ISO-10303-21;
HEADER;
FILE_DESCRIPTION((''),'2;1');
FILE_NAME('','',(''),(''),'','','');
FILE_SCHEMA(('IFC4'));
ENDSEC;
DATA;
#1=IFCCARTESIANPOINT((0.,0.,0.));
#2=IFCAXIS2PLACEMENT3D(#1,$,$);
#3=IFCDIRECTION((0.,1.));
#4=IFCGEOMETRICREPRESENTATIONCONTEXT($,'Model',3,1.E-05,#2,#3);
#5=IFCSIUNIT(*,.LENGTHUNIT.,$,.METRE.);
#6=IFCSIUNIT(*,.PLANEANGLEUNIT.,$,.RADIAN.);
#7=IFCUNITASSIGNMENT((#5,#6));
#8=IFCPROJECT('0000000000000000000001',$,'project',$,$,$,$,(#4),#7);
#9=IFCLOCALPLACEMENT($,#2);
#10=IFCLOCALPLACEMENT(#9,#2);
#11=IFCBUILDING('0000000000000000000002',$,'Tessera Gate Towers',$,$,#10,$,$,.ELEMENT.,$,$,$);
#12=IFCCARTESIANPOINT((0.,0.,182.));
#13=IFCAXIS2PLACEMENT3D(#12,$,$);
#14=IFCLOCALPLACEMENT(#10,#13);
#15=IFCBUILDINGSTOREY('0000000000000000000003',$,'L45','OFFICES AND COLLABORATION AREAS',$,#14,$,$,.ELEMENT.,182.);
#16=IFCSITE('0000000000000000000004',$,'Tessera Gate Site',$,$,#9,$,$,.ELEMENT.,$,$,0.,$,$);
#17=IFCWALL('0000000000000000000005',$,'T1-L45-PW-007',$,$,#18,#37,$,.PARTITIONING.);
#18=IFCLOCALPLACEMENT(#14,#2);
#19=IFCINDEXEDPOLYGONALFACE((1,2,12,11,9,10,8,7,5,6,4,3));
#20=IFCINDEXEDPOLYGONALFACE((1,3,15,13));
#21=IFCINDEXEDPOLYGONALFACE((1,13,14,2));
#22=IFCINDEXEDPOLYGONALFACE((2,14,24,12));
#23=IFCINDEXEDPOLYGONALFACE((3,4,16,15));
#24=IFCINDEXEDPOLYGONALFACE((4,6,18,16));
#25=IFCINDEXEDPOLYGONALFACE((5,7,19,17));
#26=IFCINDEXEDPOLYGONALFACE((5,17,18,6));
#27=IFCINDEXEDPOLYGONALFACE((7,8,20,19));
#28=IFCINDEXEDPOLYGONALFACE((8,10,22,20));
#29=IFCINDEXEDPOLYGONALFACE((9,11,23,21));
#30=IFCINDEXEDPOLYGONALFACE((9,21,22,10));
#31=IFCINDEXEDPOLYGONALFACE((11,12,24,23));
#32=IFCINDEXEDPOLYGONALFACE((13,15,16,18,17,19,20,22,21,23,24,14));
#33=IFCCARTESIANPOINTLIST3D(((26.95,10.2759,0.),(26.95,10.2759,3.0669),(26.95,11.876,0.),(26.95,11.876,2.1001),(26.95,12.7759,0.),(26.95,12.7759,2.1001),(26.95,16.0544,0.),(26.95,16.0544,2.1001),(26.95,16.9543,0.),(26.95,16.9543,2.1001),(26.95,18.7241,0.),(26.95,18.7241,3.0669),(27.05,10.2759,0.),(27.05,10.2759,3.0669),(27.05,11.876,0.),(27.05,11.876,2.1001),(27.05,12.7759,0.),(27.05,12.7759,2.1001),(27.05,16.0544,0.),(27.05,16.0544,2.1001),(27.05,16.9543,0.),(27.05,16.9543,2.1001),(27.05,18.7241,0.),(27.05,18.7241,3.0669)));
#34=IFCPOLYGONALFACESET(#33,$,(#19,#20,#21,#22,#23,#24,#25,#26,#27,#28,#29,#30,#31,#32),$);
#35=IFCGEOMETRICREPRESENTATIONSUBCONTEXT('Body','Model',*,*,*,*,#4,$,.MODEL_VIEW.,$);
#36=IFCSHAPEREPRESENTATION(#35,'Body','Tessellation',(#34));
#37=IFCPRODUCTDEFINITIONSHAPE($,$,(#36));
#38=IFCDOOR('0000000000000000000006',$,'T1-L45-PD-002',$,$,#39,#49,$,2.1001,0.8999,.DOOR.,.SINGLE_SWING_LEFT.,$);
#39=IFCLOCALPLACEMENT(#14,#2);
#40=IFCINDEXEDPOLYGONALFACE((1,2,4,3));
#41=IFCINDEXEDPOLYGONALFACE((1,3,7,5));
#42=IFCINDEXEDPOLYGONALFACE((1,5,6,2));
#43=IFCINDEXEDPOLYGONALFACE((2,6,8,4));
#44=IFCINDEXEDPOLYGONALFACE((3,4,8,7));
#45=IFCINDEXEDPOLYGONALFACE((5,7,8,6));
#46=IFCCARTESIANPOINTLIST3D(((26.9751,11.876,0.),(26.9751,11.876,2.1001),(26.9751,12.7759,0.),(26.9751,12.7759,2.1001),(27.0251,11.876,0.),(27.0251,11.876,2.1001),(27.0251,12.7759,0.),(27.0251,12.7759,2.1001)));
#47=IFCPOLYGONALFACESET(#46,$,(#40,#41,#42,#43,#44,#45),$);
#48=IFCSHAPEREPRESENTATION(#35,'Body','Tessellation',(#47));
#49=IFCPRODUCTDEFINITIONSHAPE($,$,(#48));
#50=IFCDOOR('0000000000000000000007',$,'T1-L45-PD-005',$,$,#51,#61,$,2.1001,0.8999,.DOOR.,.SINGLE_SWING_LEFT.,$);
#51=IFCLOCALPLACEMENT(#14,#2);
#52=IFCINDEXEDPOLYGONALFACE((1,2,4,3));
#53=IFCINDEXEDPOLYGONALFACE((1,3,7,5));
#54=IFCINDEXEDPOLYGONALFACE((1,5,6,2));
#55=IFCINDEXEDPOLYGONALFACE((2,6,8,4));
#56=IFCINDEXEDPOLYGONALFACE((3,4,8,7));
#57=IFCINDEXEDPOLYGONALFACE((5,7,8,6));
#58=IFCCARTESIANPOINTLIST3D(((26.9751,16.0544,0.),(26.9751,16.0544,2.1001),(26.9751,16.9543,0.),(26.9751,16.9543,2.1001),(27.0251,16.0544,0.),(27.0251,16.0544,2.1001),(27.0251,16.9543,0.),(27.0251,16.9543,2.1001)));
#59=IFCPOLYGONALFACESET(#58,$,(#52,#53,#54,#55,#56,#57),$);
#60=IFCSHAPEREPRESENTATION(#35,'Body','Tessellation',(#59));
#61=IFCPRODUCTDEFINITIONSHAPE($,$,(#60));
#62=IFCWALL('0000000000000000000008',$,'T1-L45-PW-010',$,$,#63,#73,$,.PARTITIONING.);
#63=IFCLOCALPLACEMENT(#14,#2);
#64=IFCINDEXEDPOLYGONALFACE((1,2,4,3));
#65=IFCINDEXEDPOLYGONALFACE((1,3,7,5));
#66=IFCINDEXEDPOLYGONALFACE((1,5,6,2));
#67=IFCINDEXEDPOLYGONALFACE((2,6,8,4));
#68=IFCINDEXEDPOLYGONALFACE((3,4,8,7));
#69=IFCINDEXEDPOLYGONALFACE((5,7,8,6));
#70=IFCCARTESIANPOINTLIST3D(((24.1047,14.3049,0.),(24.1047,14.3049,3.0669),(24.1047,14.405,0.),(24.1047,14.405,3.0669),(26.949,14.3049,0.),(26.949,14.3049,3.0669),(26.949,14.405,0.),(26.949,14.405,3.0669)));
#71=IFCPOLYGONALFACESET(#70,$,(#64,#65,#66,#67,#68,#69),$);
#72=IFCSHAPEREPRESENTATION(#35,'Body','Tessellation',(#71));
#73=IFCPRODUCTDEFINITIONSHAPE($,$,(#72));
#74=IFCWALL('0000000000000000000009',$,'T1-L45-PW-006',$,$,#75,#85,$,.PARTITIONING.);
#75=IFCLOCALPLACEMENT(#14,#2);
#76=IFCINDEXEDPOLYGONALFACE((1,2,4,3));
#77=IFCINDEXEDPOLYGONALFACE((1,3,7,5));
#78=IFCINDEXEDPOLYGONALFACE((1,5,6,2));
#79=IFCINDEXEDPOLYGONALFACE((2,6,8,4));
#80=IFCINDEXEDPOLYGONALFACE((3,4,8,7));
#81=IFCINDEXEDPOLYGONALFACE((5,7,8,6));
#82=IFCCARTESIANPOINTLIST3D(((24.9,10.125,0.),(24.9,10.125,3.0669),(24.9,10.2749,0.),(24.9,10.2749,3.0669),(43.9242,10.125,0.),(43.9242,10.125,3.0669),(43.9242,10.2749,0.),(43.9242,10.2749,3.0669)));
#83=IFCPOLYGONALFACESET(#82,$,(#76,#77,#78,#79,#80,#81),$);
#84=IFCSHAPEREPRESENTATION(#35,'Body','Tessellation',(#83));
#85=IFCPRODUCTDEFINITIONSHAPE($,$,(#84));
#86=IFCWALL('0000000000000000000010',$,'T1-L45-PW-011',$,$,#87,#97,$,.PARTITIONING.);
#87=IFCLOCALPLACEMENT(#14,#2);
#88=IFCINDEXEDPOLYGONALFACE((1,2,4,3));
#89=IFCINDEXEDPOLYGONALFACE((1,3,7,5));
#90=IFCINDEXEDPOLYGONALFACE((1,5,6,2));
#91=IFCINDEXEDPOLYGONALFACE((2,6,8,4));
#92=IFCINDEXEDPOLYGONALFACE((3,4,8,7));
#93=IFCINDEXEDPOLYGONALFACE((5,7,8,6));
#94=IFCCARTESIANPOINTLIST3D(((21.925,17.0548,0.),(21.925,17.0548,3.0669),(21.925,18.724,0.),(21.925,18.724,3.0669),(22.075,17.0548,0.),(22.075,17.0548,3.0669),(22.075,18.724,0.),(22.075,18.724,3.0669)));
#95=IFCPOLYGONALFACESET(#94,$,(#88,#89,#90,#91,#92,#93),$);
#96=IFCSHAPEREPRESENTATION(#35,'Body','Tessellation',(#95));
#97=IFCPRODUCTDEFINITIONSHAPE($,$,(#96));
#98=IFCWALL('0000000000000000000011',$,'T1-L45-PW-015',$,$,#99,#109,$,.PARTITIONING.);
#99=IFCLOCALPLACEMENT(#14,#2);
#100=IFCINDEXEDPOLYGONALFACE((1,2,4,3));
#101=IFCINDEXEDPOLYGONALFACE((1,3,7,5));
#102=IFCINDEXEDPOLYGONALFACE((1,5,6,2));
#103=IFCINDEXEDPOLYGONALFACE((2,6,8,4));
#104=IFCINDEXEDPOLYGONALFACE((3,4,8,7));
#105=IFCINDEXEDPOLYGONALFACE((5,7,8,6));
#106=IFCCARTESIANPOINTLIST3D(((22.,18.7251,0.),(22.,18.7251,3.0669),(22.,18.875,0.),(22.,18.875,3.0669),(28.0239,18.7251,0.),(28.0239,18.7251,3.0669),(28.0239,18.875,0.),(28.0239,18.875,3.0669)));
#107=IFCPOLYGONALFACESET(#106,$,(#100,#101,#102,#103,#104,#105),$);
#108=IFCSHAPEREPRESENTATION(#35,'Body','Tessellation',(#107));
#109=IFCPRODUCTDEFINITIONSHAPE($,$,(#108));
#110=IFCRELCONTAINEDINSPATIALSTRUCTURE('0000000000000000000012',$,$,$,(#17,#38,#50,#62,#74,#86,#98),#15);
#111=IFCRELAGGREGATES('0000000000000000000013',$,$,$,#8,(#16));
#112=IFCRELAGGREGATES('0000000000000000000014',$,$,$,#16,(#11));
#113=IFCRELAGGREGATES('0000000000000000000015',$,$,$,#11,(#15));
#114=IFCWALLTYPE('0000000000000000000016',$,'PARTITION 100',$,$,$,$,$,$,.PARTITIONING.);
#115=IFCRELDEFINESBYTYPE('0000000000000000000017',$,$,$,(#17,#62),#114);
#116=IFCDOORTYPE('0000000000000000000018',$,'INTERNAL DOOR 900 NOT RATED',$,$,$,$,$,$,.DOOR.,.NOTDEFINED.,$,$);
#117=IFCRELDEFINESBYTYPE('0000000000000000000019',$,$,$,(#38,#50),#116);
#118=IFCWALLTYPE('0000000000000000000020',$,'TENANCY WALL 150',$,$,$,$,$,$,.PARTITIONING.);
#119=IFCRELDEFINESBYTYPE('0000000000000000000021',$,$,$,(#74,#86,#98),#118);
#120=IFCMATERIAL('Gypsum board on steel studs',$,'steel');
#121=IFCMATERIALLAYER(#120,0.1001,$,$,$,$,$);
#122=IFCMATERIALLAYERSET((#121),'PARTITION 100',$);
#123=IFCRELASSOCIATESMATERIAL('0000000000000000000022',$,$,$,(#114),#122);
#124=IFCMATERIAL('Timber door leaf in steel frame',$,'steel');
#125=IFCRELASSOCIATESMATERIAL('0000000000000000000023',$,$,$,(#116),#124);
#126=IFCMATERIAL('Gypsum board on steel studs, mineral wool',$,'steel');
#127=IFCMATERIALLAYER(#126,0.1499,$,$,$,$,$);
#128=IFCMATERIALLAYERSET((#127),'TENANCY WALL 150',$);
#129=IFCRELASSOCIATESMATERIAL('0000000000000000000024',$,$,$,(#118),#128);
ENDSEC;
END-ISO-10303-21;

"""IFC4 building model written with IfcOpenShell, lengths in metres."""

from ifc_helpers import new_model, si_unit, direction, frame, frame_2d, origin, place, context, subcontext, project, spatial, rectangle, extrude, source, transform, mapped, material, layer, layer_set, type_object, element, fill, save


model = new_model("IFC4")

# Units and contexts
model_context = context("Model", 3, precision=1e-05, world=origin(), true_north=direction((0.0, 1.0)))
body_context = subcontext(model_context, "Body", "Model", "MODEL_VIEW")
ifc_project = project(units=[si_unit("LENGTHUNIT", "METRE"), si_unit("PLANEANGLEUNIT", "RADIAN")], contexts=[model_context])

# Site, building, storey
site_placement = place(None, origin())
site = spatial("IfcSite", under=ifc_project, at=site_placement, Name="Tessera Gate Site", CompositionType="ELEMENT", RefElevation=0.0)
building_placement = place(site_placement, origin())
building = spatial("IfcBuilding", under=site, at=building_placement, Name="Tessera Gate Towers", CompositionType="ELEMENT")
storey_placement = place(building_placement, frame((0.0, 0.0, 182.0)))
storey = spatial("IfcBuildingStorey", under=building, at=storey_placement, Name="L45", Description="OFFICES AND COLLABORATION AREAS", CompositionType="ELEMENT", Elevation=182.0)

# Wall, openings, doors
shared_shape_1 = source(origin(), body_context, "Body", "SweptSolid", [
    extrude(rectangle(XDim=0.8999, YDim=2.1001, at=frame_2d((0.45, 1.05))), frame((0.0, 0.0249, 0.0), z_axis=(0.0, -1.0, 0.0), x_axis=(1.0, 0.0, 0.0)), (0.0, 0.0, 1.0), 0.05),
])
ifc_material_1 = material(Name="Gypsum board on steel studs", Category="steel")
ifc_layer_1 = layer(ifc_material_1, 0.1001)
ifc_layer_set_1 = layer_set([ifc_layer_1], Name="PARTITION 100")
wall_type_1 = type_object("IfcWallType", Name="PARTITION 100", PredefinedType="PARTITIONING", material=ifc_layer_set_1)
wall_1_placement = place(storey_placement, frame((27.0, 10.2759, 0.0), z_axis=(0.0, 0.0, 1.0), x_axis=(0.0, 1.0, 0.0)))
wall_1 = element("IfcWall", 1, at=wall_1_placement, inside=storey, type_object=wall_type_1, Name="T1-L45-PW-007", PredefinedType="PARTITIONING", context=body_context, shape_type="SweptSolid", body=[
    extrude(rectangle(XDim=8.4482, YDim=0.1001, at=frame_2d((4.2241, 0.0))), origin(), (0.0, 0.0, 1.0), 3.0669),
])
shared_shape_2 = source(origin(), body_context, "Body", "SweptSolid", [
    extrude(rectangle(XDim=0.8999, YDim=2.1001, at=frame_2d((0.45, 1.05))), frame((0.0, 0.0601, 0.0), z_axis=(0.0, -1.0, 0.0), x_axis=(1.0, 0.0, 0.0)), (0.0, 0.0, 1.0), 0.1201),
])
opening_1_placement = place(wall_1_placement, frame((1.6001, 0.0, 0.0)))
opening_1 = element("IfcOpeningElement", 2, at=opening_1_placement, cuts=wall_1, PredefinedType="OPENING", context=body_context, shape_type="MappedRepresentation", body=[
    mapped(shared_shape_2, transform((0.0, 0.0, 0.0), scale=1.0)),
])
opening_2_placement = place(wall_1_placement, frame((5.7786, 0.0, 0.0)))
opening_2 = element("IfcOpeningElement", 3, at=opening_2_placement, cuts=wall_1, PredefinedType="OPENING", context=body_context, shape_type="MappedRepresentation", body=[
    mapped(shared_shape_2, transform((0.0, 0.0, 0.0), scale=1.0)),
])
ifc_material_2 = material(Name="Timber door leaf in steel frame", Category="steel")
door_type_1 = type_object("IfcDoorType", Name="INTERNAL DOOR 900 NOT RATED", OperationType="NOTDEFINED", PredefinedType="DOOR", material=ifc_material_2)
door_1_placement = place(opening_1_placement, origin())
door_1 = element("IfcDoor", 4, at=door_1_placement, inside=storey, type_object=door_type_1, Name="T1-L45-PD-002", OperationType="SINGLE_SWING_LEFT", OverallHeight=2.1001, OverallWidth=0.8999, PredefinedType="DOOR", context=body_context, shape_type="MappedRepresentation", body=[
    mapped(shared_shape_1, transform((0.0, 0.0, 0.0), scale=1.0)),
])
fill(opening_1, door_1)
door_2_placement = place(opening_2_placement, origin())
door_2 = element("IfcDoor", 5, at=door_2_placement, inside=storey, type_object=door_type_1, Name="T1-L45-PD-005", OperationType="SINGLE_SWING_LEFT", OverallHeight=2.1001, OverallWidth=0.8999, PredefinedType="DOOR", context=body_context, shape_type="MappedRepresentation", body=[
    mapped(shared_shape_1, transform((0.0, 0.0, 0.0), scale=1.0)),
])
fill(opening_2, door_2)

# Walls
wall_2_placement = place(storey_placement, frame((24.1047, 14.355, 0.0), z_axis=(0.0, 0.0, 1.0), x_axis=(1.0, 0.0, 0.0)))
element("IfcWall", 6, at=wall_2_placement, inside=storey, type_object=wall_type_1, Name="T1-L45-PW-010", PredefinedType="PARTITIONING", context=body_context, shape_type="SweptSolid", body=[
    extrude(rectangle(XDim=2.8442, YDim=0.1001, at=frame_2d((1.4221, 0.0))), origin(), (0.0, 0.0, 1.0), 3.0669),
])
ifc_material_3 = material(Name="Gypsum board on steel studs, mineral wool", Category="steel")
ifc_layer_2 = layer(ifc_material_3, 0.1499)
ifc_layer_set_2 = layer_set([ifc_layer_2], Name="TENANCY WALL 150")
wall_type_2 = type_object("IfcWallType", Name="TENANCY WALL 150", PredefinedType="PARTITIONING", material=ifc_layer_set_2)
wall_3_placement = place(storey_placement, frame((24.8999, 10.2, 0.0), z_axis=(0.0, 0.0, 1.0), x_axis=(1.0, 0.0, 0.0)))
element("IfcWall", 7, at=wall_3_placement, inside=storey, type_object=wall_type_2, Name="T1-L45-PW-006", PredefinedType="PARTITIONING", context=body_context, shape_type="SweptSolid", body=[
    extrude(rectangle(XDim=19.0242, YDim=0.1499, at=frame_2d((9.5122, 0.0))), origin(), (0.0, 0.0, 1.0), 3.0669),
])
wall_4_placement = place(storey_placement, frame((22.0, 17.0549, 0.0), z_axis=(0.0, 0.0, 1.0), x_axis=(0.0, 1.0, 0.0)))
element("IfcWall", 8, at=wall_4_placement, inside=storey, type_object=wall_type_2, Name="T1-L45-PW-011", PredefinedType="PARTITIONING", context=body_context, shape_type="SweptSolid", body=[
    extrude(rectangle(XDim=1.6692, YDim=0.1499, at=frame_2d((0.8345, 0.0))), origin(), (0.0, 0.0, 1.0), 3.0669),
])
wall_5_placement = place(storey_placement, frame((22.0, 18.8, 0.0), z_axis=(0.0, 0.0, 1.0), x_axis=(1.0, 0.0, 0.0)))
element("IfcWall", 9, at=wall_5_placement, inside=storey, type_object=wall_type_2, Name="T1-L45-PW-015", PredefinedType="PARTITIONING", context=body_context, shape_type="SweptSolid", body=[
    extrude(rectangle(XDim=6.0239, YDim=0.1499, at=frame_2d((3.012, 0.0))), origin(), (0.0, 0.0, 1.0), 3.0669),
])

save(model, "model.ifc")
